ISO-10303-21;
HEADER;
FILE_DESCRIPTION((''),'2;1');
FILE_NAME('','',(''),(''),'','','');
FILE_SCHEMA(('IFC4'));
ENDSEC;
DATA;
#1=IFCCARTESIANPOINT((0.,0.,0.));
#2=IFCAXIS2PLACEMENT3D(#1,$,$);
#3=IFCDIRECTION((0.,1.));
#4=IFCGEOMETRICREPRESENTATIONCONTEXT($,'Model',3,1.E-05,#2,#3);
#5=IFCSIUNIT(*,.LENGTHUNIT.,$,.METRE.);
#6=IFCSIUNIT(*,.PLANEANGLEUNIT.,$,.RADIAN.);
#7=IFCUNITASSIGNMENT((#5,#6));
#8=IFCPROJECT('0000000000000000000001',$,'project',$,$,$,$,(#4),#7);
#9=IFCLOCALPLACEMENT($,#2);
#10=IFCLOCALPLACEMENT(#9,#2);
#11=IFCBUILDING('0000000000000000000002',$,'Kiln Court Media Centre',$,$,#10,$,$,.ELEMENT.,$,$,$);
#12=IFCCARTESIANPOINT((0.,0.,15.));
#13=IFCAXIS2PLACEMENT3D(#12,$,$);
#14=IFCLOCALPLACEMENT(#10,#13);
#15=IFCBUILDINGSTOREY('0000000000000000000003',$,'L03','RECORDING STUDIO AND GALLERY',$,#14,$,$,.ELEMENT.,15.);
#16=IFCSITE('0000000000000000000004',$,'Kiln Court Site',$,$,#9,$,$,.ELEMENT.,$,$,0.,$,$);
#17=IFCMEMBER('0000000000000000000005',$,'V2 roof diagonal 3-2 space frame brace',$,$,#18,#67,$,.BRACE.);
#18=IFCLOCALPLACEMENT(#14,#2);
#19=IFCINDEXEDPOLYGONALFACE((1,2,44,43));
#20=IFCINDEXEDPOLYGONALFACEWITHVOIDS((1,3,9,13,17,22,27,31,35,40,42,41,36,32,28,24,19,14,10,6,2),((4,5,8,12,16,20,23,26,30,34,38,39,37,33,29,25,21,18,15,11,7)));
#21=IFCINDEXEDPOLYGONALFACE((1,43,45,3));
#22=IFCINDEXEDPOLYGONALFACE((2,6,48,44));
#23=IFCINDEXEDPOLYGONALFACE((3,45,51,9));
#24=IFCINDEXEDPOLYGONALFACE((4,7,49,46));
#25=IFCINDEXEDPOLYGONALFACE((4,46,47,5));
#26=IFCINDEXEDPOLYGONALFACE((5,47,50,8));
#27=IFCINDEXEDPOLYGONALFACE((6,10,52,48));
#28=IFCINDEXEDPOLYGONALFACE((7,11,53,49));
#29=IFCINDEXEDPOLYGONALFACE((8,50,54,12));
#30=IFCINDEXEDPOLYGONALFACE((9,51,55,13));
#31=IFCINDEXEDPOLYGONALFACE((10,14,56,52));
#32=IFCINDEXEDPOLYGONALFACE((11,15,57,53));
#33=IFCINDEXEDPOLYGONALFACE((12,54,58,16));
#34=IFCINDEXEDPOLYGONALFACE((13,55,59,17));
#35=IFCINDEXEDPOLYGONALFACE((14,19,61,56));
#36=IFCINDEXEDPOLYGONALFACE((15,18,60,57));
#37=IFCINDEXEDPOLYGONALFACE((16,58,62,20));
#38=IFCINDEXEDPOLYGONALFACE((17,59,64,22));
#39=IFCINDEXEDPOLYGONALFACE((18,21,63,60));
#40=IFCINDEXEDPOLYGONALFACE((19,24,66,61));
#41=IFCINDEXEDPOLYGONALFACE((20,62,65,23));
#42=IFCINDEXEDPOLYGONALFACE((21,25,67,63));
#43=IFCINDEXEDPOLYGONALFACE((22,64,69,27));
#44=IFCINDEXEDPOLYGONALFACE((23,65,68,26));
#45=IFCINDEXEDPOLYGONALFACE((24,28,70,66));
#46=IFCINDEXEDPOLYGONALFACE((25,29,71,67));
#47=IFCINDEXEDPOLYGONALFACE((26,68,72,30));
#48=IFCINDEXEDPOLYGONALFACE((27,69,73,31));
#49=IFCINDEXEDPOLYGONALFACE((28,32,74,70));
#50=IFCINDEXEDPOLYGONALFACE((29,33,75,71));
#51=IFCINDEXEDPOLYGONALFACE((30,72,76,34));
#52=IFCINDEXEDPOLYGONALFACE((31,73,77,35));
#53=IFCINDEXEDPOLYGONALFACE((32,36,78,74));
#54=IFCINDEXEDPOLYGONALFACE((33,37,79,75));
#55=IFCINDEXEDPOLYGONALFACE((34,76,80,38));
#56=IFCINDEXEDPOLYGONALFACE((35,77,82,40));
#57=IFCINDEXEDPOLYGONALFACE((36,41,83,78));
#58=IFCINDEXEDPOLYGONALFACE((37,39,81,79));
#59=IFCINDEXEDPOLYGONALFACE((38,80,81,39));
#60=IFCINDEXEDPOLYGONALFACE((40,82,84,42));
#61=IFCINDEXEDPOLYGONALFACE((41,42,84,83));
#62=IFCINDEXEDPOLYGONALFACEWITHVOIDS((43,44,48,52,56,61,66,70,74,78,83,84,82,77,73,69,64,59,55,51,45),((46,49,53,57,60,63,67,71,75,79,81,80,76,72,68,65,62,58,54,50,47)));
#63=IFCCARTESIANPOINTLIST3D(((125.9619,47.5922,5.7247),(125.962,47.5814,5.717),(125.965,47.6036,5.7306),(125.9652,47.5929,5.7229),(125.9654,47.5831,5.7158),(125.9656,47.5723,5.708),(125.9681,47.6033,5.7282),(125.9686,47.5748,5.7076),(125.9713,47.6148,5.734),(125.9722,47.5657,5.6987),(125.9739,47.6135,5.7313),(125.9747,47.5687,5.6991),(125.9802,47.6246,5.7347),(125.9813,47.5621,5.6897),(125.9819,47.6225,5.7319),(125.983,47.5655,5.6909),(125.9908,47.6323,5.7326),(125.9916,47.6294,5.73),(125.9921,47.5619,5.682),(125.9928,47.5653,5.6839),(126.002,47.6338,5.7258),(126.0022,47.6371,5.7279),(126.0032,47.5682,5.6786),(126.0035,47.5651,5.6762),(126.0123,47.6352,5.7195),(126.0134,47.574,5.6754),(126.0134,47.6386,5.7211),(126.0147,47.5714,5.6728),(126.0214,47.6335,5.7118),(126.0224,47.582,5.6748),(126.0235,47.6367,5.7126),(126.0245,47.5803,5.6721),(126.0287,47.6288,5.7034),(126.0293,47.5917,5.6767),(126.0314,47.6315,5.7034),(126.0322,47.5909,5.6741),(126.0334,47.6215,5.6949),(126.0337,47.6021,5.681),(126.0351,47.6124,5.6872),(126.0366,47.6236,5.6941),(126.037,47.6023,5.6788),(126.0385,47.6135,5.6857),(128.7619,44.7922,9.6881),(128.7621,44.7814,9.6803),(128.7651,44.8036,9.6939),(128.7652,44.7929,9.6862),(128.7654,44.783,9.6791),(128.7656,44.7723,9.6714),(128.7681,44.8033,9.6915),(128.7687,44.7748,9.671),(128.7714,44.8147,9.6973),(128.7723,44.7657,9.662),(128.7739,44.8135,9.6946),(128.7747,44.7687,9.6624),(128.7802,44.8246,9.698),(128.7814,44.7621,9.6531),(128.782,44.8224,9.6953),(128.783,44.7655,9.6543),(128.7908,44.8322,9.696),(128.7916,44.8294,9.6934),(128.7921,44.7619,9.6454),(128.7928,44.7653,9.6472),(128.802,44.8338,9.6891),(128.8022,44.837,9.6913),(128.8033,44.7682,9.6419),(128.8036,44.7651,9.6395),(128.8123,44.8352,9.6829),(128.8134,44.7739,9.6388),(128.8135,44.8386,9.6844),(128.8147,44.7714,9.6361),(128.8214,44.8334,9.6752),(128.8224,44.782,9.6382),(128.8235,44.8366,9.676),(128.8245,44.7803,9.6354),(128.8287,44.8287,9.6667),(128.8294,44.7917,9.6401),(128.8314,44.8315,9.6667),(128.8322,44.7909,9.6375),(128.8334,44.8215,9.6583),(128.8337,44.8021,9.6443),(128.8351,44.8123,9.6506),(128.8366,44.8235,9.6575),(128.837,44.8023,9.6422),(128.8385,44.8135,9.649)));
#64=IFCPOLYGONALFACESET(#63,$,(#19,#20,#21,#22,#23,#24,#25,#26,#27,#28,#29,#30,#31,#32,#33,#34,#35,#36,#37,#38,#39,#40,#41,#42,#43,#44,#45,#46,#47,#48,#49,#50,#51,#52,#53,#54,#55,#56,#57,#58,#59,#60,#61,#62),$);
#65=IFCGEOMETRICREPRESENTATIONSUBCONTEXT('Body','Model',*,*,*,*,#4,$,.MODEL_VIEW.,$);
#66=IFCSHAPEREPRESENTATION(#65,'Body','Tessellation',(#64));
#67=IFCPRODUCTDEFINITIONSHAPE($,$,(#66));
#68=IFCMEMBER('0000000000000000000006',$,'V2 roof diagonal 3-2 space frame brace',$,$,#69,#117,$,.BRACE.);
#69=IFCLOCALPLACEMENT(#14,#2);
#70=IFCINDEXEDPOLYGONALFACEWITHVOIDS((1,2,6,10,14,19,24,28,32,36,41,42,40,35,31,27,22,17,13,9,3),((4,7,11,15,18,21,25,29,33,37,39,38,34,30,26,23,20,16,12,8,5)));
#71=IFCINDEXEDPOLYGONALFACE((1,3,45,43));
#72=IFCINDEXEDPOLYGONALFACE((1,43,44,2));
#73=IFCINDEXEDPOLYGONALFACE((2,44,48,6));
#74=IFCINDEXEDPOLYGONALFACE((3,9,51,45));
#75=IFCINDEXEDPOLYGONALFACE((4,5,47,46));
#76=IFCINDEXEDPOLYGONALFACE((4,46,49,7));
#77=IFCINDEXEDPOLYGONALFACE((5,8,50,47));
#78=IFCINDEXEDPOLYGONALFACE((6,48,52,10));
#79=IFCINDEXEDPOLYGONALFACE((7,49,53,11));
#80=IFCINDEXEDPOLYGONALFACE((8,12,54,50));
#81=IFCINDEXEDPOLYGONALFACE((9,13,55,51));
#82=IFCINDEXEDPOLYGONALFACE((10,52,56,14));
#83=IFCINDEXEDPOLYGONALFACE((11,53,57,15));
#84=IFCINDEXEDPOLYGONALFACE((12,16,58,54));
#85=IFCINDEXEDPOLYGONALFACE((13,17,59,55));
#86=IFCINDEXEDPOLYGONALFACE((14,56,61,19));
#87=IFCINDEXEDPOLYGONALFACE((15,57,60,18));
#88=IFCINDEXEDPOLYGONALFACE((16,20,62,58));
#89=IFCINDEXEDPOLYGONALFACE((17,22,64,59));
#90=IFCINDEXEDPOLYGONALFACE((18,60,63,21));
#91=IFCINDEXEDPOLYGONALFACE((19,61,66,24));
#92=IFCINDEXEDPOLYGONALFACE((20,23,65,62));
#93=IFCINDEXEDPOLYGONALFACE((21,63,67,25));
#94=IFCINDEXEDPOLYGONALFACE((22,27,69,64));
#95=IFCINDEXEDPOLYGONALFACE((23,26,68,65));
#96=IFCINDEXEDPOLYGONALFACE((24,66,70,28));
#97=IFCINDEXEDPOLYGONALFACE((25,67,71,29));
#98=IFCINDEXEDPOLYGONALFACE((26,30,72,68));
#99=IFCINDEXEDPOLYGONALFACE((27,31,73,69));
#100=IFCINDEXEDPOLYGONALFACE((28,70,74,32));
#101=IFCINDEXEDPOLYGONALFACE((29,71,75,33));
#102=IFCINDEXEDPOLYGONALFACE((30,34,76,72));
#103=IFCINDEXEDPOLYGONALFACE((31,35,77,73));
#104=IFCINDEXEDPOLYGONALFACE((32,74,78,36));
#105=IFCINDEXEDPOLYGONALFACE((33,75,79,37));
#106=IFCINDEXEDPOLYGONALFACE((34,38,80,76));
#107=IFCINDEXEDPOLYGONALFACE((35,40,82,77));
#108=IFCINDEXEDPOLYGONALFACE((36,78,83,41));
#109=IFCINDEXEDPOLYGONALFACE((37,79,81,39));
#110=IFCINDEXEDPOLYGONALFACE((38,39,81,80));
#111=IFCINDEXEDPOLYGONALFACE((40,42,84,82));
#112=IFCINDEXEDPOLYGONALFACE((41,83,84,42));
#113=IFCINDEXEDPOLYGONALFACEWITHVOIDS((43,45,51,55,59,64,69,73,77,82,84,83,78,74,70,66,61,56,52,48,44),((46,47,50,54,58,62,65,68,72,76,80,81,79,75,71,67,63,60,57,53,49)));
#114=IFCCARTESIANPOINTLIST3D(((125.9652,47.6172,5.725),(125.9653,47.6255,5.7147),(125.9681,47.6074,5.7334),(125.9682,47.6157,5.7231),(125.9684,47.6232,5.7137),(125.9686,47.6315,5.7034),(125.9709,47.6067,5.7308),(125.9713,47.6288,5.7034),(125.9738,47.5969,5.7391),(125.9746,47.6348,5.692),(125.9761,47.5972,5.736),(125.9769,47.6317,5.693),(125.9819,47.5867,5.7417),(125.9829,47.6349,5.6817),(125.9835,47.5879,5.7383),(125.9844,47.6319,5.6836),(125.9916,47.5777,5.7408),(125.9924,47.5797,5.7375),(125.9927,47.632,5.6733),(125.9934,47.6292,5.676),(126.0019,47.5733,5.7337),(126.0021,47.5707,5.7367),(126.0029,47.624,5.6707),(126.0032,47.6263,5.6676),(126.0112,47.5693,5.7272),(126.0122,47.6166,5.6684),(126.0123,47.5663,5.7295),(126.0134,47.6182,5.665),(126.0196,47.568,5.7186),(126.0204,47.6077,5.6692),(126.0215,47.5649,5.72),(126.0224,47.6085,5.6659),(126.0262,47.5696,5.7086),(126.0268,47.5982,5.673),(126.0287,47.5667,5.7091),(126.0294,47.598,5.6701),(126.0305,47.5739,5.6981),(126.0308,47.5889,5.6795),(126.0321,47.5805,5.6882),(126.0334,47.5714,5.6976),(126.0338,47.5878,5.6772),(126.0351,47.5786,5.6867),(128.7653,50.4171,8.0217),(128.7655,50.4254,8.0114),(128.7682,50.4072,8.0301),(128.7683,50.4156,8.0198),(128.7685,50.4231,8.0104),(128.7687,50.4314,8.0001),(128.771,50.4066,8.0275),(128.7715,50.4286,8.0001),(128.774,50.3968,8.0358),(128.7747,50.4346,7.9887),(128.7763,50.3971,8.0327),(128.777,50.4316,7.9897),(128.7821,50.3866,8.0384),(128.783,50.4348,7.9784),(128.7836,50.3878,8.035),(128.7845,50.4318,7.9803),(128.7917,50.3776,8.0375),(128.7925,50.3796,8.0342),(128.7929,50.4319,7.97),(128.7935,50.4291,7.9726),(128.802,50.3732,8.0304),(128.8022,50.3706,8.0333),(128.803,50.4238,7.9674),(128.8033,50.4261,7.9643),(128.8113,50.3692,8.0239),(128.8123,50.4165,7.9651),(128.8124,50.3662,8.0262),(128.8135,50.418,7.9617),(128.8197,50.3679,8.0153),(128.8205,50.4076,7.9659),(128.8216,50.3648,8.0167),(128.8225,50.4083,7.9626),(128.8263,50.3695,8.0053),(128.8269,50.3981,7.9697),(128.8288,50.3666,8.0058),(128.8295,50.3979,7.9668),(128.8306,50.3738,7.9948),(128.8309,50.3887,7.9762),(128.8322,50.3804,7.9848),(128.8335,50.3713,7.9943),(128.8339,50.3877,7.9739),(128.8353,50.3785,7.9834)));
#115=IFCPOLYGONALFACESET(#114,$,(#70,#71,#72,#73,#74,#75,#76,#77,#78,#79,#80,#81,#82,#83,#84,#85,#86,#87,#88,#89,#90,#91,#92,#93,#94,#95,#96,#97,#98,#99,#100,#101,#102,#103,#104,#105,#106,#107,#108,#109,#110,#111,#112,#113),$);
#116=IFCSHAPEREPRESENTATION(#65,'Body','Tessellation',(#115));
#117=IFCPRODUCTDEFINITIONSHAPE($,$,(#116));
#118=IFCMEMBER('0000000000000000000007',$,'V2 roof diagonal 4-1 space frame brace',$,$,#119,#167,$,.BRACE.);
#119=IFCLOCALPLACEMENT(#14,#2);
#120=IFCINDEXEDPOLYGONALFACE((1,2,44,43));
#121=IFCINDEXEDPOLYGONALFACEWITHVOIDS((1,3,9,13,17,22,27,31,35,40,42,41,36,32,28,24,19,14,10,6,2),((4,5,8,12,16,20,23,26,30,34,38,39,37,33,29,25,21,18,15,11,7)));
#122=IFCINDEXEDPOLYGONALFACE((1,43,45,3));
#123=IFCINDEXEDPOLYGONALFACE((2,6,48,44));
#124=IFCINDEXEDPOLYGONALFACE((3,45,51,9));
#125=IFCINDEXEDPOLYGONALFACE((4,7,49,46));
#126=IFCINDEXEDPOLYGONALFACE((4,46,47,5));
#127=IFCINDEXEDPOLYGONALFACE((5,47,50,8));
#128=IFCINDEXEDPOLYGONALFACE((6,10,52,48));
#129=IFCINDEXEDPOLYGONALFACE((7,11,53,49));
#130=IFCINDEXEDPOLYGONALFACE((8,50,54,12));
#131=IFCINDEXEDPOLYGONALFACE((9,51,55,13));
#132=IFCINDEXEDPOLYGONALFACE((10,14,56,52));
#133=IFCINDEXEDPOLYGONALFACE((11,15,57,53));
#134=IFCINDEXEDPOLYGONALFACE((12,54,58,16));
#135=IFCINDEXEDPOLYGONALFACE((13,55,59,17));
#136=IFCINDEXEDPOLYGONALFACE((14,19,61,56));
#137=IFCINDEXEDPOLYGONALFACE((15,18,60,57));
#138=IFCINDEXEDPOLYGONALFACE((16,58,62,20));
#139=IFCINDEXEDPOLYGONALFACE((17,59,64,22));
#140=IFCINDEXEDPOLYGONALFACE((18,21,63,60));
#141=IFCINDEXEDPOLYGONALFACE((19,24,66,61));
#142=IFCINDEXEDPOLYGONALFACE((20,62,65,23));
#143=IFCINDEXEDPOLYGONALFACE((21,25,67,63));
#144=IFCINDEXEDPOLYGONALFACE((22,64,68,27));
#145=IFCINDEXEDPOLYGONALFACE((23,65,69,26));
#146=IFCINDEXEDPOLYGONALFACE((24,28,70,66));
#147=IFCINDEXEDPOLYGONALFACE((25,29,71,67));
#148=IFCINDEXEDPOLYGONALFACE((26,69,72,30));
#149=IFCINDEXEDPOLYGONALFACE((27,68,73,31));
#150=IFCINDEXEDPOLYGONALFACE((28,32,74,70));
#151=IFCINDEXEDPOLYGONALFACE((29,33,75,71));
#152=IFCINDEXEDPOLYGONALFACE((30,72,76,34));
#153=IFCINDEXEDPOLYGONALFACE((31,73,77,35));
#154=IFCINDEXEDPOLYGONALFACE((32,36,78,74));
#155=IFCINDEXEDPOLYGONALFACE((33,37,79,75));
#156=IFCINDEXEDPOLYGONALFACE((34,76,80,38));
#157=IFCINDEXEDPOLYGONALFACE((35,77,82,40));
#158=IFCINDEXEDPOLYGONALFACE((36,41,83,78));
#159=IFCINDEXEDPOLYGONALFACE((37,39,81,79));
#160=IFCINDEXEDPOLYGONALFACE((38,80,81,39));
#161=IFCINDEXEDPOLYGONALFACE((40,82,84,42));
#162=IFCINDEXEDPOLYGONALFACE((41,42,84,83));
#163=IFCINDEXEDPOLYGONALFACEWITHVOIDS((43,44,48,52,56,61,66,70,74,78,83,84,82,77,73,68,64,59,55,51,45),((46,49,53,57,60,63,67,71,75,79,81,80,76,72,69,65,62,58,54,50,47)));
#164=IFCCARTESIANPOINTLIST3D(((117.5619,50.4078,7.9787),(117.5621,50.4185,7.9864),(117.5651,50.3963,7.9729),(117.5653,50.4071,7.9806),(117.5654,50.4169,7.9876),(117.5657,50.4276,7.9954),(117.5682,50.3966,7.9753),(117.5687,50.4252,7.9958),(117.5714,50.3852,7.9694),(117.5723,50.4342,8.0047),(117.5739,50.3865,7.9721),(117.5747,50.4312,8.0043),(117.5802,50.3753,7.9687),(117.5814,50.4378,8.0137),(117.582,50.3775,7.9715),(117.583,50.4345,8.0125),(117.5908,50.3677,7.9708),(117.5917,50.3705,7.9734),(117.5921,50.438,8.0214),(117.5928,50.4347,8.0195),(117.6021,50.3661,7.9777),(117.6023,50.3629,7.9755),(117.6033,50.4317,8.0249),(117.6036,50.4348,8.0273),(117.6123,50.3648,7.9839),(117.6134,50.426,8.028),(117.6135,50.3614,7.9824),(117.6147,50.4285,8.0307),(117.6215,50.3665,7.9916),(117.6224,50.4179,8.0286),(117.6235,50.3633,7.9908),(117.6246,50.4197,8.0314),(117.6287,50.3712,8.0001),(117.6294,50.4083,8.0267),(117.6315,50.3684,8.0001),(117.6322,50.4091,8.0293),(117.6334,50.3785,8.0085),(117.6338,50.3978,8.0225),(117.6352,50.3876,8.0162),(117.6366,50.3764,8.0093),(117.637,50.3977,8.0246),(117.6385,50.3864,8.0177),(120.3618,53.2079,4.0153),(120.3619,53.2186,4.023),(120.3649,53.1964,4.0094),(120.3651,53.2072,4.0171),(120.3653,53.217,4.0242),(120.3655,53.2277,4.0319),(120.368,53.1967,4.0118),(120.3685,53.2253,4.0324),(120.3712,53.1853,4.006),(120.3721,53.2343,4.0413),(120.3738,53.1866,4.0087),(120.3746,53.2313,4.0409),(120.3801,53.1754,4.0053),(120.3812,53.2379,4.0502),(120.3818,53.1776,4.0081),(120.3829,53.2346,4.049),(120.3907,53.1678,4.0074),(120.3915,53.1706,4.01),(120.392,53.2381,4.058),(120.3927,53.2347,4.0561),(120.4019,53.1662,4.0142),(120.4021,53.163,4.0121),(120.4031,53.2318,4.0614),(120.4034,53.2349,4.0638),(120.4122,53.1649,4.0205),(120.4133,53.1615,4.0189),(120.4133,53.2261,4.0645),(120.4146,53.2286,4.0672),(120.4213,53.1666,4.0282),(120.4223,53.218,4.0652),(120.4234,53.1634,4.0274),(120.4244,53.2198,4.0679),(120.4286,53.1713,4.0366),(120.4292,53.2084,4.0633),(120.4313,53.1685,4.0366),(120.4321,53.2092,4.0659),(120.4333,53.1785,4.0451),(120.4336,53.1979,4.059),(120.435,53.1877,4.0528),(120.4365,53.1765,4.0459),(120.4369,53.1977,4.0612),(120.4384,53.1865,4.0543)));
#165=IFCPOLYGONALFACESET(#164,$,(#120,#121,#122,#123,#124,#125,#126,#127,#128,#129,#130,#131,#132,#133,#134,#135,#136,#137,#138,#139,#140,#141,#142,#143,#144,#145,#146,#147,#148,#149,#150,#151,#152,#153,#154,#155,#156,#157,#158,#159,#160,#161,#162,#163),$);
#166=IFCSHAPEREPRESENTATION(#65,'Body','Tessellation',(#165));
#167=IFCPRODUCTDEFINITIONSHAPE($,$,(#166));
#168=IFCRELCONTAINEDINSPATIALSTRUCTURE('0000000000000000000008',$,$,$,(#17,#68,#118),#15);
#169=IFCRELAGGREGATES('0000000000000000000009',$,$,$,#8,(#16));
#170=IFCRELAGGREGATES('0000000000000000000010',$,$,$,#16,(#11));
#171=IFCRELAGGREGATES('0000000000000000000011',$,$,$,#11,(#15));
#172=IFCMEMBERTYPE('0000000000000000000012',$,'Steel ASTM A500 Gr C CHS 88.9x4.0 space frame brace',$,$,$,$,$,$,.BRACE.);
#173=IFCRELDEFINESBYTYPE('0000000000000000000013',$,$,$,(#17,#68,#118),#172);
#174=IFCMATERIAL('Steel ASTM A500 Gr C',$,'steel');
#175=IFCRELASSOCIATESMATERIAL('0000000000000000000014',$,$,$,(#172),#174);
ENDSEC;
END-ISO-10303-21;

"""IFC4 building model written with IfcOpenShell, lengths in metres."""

from ifc_helpers import new_model, si_unit, direction, frame, origin, origin_2d, place, context, subcontext, project, spatial, hollow_circle, extrude, material, material_profile, profile_set, type_object, element, save


model = new_model("IFC4")

# Units and contexts
model_context = context("Model", 3, precision=1e-05, world=origin(), true_north=direction((0.0, 1.0)))
body_context = subcontext(model_context, "Body", "Model", "MODEL_VIEW")
ifc_project = project(units=[si_unit("LENGTHUNIT", "METRE"), si_unit("PLANEANGLEUNIT", "RADIAN")], contexts=[model_context])

# Site, building, storey
site_placement = place(None, origin())
site = spatial("IfcSite", under=ifc_project, at=site_placement, Name="Kiln Court Site", CompositionType="ELEMENT", RefElevation=0.0)
building_placement = place(site_placement, origin())
building = spatial("IfcBuilding", under=site, at=building_placement, Name="Kiln Court Media Centre", CompositionType="ELEMENT")
storey_placement = place(building_placement, frame((0.0, 0.0, 15.0)))
storey = spatial("IfcBuildingStorey", under=building, at=storey_placement, Name="L03", Description="RECORDING STUDIO AND GALLERY", CompositionType="ELEMENT", Elevation=15.0)

# Members
ifc_material_1 = material(Name="Steel ASTM A500 Gr C", Category="steel")
ifc_material_profile_1 = material_profile(ifc_material_1, hollow_circle(Radius=0.0444, WallThickness=0.0039, at=origin_2d()), Name="CHS 88.9x4.0")
ifc_profile_set_1 = profile_set([ifc_material_profile_1], Name="Steel ASTM A500 Gr C")
member_type_1 = type_object("IfcMemberType", Name="Steel ASTM A500 Gr C CHS 88.9x4.0 space frame brace", PredefinedType="BRACE", material=ifc_profile_set_1)
member_1_placement = place(storey_placement, frame((126.0, 47.6001, 5.7034), z_axis=(0.499778, -0.499778, 0.70742), x_axis=(0.707107, 0.707107, 0.0)))
element("IfcMember", 1, at=member_1_placement, inside=storey, type_object=member_type_1, Name="V2 roof diagonal 3-2 space frame brace", PredefinedType="BRACE", context=body_context, shape_type="SweptSolid", body=[
    extrude(hollow_circle(Radius=0.0444, WallThickness=0.0039, at=origin_2d()), origin(), (0.0, 0.0, 1.0), 5.6025),
])
member_2_placement = place(storey_placement, frame((126.0, 47.6001, 5.7034), z_axis=(0.611696, 0.611642, 0.501719), x_axis=(-0.707076, 0.707138, 0.0)))
element("IfcMember", 2, at=member_2_placement, inside=storey, type_object=member_type_1, Name="V2 roof diagonal 3-2 space frame brace", PredefinedType="BRACE", context=body_context, shape_type="SweptSolid", body=[
    extrude(hollow_circle(Radius=0.0444, WallThickness=0.0039, at=origin_2d()), origin(), (0.0, 0.0, 1.0), 4.5776),
])
member_3_placement = place(storey_placement, frame((120.3999, 53.2, 4.0366), z_axis=(-0.499746, -0.499789, 0.707436), x_axis=(0.707138, -0.707076, 0.0)))
element("IfcMember", 3, at=member_3_placement, inside=storey, type_object=member_type_1, Name="V2 roof diagonal 4-1 space frame brace", PredefinedType="BRACE", context=body_context, shape_type="SweptSolid", body=[
    extrude(hollow_circle(Radius=0.0444, WallThickness=0.0039, at=origin_2d()), origin(), (0.0, 0.0, 1.0), 5.6025),
])

save(model, "model.ifc")
